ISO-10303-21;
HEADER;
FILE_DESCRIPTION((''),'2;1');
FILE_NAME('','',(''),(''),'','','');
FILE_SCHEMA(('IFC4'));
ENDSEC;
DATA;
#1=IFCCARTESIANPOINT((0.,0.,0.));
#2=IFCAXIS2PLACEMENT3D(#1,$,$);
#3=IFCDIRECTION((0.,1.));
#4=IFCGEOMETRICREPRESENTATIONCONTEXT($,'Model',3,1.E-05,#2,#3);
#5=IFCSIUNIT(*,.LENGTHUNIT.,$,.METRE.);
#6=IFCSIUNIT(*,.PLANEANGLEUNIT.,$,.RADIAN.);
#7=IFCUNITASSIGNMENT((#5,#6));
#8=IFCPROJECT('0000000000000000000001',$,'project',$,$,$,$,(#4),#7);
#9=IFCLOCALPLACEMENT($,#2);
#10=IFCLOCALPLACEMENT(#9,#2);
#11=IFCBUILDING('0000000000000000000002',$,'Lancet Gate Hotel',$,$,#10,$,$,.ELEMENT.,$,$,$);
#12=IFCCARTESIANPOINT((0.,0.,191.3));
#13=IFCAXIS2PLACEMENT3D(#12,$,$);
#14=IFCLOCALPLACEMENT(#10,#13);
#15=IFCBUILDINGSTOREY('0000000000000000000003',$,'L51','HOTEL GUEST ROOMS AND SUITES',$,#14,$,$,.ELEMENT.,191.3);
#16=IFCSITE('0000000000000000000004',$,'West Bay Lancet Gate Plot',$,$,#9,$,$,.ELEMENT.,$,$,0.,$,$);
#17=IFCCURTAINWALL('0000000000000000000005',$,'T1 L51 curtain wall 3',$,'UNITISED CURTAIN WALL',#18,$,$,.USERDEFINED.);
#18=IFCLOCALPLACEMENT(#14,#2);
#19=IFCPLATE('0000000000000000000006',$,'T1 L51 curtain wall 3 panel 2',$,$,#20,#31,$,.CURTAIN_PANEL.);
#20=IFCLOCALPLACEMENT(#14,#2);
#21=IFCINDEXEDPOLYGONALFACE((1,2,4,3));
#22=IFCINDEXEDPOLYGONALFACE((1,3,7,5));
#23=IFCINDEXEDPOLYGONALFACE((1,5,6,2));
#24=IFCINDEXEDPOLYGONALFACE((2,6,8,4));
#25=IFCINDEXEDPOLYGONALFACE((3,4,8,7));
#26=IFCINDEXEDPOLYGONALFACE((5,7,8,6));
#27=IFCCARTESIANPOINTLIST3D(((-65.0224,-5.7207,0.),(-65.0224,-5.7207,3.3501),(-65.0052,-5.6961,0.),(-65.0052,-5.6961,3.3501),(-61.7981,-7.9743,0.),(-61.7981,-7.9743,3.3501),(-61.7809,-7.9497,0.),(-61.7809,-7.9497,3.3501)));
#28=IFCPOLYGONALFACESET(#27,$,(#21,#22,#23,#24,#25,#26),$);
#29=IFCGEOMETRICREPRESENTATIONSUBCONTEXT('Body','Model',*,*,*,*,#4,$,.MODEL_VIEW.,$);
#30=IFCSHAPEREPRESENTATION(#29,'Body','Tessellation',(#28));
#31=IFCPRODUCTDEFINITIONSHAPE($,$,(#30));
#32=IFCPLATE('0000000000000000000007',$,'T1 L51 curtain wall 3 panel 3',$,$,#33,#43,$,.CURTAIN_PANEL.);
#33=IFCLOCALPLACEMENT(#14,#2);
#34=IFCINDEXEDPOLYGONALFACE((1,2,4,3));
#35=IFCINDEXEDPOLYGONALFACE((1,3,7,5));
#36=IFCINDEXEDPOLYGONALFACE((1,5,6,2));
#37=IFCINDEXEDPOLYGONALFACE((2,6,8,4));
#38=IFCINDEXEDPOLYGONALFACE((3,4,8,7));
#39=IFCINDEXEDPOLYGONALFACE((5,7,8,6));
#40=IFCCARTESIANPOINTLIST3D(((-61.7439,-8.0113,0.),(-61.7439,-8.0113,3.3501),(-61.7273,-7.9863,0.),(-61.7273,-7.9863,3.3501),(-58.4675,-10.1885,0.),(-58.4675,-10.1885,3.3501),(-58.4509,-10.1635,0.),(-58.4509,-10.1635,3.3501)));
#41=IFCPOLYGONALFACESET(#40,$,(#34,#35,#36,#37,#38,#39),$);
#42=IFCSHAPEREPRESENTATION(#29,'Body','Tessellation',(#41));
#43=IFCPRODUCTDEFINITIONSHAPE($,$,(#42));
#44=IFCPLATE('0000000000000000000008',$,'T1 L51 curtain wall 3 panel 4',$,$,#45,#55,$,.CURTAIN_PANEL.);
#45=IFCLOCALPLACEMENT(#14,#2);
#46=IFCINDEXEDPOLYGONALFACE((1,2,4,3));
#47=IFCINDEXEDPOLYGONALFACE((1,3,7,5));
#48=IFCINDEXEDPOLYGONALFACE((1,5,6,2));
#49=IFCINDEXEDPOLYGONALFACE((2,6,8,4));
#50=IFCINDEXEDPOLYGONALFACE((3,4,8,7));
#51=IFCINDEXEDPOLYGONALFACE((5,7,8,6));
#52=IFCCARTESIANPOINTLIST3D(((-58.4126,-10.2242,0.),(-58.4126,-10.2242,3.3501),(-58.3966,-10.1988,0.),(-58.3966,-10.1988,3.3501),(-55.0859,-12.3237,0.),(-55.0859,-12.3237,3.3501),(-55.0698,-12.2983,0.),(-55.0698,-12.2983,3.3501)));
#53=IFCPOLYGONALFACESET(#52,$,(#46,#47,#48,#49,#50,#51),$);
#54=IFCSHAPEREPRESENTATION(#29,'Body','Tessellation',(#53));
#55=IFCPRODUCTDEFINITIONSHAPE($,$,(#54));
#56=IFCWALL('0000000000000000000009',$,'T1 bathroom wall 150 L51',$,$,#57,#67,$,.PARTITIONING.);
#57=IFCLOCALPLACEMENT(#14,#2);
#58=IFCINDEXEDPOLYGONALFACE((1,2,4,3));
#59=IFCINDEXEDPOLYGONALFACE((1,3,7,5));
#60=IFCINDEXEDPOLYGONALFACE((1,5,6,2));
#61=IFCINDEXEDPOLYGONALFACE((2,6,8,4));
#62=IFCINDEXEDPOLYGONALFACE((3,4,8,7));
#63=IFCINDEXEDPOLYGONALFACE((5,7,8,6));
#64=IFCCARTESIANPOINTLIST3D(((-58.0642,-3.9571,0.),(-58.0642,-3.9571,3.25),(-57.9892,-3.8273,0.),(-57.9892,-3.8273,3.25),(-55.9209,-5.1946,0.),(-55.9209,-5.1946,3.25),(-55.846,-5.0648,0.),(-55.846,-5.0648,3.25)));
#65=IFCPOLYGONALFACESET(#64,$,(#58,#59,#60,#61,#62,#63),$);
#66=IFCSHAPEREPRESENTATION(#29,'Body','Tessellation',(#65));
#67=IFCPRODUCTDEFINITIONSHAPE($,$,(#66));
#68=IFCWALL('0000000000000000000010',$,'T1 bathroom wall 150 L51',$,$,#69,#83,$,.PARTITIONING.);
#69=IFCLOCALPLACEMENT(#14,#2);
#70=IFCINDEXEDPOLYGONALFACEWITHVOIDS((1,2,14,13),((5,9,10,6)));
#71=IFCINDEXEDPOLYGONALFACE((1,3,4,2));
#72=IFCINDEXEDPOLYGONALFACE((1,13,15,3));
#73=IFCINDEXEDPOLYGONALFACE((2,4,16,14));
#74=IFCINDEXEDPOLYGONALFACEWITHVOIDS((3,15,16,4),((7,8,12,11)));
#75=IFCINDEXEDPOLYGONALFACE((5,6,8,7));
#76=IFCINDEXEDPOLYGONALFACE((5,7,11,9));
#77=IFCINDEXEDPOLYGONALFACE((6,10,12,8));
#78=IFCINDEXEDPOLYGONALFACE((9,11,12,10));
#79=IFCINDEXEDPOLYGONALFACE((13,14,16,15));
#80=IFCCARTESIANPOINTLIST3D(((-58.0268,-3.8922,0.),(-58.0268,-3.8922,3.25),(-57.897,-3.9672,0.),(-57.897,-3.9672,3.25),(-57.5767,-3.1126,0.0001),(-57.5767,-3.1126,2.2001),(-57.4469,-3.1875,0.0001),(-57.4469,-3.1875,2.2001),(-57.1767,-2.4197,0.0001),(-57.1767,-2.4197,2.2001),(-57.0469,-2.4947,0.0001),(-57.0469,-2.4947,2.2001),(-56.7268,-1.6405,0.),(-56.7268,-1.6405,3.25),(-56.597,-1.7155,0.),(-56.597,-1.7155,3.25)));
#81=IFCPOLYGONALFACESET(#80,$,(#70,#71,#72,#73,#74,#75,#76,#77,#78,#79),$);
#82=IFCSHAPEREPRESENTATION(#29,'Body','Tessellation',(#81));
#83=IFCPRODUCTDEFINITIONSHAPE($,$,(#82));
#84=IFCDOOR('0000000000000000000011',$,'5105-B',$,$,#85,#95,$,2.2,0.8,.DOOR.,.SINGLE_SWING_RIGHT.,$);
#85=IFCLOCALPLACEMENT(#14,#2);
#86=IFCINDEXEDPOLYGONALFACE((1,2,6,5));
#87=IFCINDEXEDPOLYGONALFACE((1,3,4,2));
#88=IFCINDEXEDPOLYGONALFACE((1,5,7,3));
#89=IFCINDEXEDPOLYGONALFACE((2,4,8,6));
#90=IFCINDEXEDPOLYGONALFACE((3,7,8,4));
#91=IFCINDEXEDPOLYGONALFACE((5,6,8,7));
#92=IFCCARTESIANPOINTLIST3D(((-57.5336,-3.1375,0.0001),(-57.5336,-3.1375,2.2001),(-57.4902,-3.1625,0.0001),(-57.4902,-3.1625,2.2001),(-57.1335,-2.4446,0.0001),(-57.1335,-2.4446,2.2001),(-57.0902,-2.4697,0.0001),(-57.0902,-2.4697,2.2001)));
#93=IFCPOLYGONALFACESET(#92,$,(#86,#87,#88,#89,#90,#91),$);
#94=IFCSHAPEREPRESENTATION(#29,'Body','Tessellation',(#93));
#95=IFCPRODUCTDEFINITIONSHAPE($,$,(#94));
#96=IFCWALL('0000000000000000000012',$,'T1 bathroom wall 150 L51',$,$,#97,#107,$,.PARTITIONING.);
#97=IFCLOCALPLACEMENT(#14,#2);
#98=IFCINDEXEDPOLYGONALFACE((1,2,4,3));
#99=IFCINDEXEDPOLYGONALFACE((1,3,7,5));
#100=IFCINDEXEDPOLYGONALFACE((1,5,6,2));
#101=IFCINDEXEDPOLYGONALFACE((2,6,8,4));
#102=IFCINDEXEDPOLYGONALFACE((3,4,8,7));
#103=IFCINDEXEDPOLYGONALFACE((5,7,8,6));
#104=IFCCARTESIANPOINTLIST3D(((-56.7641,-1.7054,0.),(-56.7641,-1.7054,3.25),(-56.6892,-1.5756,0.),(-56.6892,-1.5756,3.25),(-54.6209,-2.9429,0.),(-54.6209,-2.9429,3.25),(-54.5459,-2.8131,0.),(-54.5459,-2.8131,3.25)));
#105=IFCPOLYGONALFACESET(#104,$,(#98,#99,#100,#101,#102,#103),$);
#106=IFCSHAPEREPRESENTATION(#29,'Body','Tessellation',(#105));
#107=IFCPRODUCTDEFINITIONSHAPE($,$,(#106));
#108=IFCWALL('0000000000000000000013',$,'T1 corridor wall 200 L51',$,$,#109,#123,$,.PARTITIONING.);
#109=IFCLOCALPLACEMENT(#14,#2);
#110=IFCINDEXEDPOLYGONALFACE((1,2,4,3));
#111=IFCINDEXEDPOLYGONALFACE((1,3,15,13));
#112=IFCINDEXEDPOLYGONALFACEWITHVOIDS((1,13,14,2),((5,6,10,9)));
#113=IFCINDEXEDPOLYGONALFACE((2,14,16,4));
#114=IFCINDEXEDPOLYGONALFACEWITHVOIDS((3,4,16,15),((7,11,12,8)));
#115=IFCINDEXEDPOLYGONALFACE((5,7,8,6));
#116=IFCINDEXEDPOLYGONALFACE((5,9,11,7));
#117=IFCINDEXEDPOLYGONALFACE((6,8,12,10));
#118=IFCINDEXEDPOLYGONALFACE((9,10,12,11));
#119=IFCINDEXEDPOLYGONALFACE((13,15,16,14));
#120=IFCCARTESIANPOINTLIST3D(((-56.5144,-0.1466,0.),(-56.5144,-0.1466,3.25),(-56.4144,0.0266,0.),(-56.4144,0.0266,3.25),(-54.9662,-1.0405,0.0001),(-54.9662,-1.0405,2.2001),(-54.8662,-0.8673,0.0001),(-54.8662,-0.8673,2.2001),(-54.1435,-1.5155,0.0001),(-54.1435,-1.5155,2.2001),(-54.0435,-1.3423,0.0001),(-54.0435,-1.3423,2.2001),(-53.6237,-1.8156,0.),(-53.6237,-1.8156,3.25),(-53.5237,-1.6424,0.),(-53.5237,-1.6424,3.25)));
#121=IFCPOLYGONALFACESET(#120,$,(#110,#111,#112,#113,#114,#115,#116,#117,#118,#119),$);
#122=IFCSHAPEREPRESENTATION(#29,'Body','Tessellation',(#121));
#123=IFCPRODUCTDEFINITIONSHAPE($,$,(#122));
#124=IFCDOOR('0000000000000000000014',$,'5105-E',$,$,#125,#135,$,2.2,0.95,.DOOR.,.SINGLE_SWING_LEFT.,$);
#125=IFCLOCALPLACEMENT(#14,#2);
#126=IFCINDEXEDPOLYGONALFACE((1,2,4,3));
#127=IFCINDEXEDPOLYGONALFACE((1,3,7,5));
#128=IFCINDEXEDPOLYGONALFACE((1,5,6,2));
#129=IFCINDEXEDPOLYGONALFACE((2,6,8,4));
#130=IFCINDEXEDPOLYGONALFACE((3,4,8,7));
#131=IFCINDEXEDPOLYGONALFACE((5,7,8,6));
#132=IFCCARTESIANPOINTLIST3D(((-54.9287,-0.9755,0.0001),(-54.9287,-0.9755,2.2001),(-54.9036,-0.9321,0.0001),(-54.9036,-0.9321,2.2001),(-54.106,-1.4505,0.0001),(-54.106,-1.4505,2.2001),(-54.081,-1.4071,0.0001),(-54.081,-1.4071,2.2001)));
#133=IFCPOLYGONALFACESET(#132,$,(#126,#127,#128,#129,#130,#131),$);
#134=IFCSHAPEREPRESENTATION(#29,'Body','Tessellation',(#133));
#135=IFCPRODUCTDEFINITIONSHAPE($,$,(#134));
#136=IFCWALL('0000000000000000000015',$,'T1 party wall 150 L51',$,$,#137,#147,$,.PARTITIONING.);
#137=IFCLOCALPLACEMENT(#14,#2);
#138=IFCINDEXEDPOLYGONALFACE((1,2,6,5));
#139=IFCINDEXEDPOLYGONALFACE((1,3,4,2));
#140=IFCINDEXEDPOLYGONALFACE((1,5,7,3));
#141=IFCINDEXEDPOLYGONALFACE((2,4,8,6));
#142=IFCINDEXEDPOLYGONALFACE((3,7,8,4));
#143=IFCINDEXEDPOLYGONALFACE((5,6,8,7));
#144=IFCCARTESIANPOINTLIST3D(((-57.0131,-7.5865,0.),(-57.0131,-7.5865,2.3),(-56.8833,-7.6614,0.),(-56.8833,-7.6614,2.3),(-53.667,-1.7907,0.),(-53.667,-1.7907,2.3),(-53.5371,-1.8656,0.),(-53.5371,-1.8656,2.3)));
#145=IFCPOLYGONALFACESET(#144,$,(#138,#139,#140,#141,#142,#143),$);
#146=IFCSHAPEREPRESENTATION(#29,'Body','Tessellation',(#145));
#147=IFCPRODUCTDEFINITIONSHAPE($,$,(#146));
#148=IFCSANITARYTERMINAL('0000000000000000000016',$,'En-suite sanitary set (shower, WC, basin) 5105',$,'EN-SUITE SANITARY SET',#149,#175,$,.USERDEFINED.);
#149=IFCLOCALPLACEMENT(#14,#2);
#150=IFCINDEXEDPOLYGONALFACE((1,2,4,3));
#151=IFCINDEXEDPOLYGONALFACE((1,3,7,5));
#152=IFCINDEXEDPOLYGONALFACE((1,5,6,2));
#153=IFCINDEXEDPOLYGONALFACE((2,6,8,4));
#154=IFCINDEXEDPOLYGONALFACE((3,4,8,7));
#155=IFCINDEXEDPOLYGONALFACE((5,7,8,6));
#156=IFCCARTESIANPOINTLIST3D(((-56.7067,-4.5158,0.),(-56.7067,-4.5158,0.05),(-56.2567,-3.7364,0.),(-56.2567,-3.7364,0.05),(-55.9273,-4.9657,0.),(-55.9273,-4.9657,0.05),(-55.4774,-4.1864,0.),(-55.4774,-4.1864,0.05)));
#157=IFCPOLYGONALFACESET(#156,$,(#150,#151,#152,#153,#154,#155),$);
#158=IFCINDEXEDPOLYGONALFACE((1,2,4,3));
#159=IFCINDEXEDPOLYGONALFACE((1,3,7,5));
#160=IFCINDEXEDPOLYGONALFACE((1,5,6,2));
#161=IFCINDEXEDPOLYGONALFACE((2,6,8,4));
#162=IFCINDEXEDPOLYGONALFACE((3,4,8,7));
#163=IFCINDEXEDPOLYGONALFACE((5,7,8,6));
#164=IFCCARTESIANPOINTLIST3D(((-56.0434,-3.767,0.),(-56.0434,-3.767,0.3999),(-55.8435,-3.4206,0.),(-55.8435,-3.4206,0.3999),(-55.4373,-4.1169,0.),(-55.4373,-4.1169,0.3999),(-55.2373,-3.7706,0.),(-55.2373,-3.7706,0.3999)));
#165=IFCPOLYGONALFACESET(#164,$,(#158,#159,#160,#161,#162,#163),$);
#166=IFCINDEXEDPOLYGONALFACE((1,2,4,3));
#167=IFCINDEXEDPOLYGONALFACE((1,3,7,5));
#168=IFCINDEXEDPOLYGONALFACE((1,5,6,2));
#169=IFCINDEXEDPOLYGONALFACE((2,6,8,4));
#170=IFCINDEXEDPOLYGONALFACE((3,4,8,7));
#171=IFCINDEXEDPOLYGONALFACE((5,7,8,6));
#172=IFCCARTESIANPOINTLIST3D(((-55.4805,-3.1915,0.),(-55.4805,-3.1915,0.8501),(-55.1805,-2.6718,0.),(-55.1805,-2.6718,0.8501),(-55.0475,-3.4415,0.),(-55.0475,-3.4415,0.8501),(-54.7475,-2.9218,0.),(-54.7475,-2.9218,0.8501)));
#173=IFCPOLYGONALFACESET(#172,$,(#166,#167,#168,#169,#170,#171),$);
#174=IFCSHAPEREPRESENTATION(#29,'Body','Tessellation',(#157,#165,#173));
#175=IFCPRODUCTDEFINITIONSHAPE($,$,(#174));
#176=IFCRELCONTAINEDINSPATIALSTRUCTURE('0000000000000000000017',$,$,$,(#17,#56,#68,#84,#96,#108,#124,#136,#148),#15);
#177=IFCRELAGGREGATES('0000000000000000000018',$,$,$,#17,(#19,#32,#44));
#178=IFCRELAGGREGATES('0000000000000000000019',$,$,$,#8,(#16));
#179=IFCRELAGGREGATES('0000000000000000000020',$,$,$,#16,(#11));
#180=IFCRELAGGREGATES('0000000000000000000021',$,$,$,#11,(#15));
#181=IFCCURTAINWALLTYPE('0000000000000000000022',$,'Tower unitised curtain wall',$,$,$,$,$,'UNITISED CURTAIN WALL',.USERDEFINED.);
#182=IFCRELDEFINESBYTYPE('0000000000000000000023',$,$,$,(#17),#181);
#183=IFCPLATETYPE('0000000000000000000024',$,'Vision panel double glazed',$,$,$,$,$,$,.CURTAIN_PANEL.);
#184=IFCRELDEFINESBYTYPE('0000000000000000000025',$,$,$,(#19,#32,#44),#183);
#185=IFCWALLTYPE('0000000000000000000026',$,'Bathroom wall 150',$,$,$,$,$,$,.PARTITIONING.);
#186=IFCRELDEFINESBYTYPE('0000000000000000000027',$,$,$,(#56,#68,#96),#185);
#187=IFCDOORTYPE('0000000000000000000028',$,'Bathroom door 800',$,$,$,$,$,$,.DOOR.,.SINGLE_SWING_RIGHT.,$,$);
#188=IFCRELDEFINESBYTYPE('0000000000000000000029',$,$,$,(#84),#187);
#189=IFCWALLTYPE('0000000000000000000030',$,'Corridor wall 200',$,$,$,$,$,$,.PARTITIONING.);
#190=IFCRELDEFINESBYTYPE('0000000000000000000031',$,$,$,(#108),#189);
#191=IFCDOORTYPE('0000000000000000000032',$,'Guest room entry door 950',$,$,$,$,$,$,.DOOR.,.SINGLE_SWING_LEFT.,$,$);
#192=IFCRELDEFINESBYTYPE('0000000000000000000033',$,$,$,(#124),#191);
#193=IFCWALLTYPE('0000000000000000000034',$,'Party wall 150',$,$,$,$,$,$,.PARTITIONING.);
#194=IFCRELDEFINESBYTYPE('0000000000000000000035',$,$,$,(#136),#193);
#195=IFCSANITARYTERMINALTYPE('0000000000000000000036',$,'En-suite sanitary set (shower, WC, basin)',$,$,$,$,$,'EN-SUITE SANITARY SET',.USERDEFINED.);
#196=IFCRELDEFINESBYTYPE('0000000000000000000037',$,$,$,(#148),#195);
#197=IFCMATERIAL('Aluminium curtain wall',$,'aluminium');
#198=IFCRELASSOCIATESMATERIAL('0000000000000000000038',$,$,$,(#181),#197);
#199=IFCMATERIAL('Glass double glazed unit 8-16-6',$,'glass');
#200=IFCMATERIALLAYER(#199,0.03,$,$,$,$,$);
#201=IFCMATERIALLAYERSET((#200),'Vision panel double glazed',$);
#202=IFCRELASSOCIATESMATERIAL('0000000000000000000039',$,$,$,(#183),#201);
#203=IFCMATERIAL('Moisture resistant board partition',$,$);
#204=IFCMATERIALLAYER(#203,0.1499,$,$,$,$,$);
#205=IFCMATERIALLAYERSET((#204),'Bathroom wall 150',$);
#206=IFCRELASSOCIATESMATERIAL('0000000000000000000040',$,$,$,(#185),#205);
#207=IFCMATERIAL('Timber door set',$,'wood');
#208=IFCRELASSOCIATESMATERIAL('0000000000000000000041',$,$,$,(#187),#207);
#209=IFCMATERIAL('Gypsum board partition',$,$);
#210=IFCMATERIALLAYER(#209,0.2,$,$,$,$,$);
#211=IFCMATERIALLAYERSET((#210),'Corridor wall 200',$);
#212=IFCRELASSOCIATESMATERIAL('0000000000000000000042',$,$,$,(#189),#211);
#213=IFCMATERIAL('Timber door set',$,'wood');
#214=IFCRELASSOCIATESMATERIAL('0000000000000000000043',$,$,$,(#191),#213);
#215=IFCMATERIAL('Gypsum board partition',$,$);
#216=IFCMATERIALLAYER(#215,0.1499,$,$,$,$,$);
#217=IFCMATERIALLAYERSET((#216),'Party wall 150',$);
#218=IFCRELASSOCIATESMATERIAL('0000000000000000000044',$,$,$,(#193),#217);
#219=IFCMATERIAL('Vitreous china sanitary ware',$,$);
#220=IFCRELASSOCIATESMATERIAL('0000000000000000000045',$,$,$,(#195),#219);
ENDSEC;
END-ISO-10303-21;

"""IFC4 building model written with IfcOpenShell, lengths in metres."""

from ifc_helpers import new_model, si_unit, direction, frame, frame_2d, origin, origin_2d, place, context, subcontext, project, spatial, rectangle, extrude, material, layer, layer_set, type_object, element, fill, aggregate, save


model = new_model("IFC4")

# Units and contexts
model_context = context("Model", 3, precision=1e-05, world=origin(), true_north=direction((0.0, 1.0)))
body_context = subcontext(model_context, "Body", "Model", "MODEL_VIEW")
ifc_project = project(units=[si_unit("LENGTHUNIT", "METRE"), si_unit("PLANEANGLEUNIT", "RADIAN")], contexts=[model_context])

# Site, building, storey
site_placement = place(None, origin())
site = spatial("IfcSite", under=ifc_project, at=site_placement, Name="West Bay Lancet Gate Plot", CompositionType="ELEMENT", RefElevation=0.0)
building_placement = place(site_placement, origin())
building = spatial("IfcBuilding", under=site, at=building_placement, Name="Lancet Gate Hotel", CompositionType="ELEMENT")
storey_placement = place(building_placement, frame((0.0, 0.0, 191.3)))
storey = spatial("IfcBuildingStorey", under=building, at=storey_placement, Name="L51", Description="HOTEL GUEST ROOMS AND SUITES", CompositionType="ELEMENT", Elevation=191.3)

# Curtain wall
ifc_material_1 = material(Name="Aluminium curtain wall", Category="aluminium")
curtain_wall_type = type_object("IfcCurtainWallType", Name="Tower unitised curtain wall", ElementType="UNITISED CURTAIN WALL", PredefinedType="USERDEFINED", material=ifc_material_1)
curtain_wall_placement = place(storey_placement, origin())
curtain_wall = element("IfcCurtainWall", 1, at=curtain_wall_placement, inside=storey, type_object=curtain_wall_type, Name="T1 L51 curtain wall 3", ObjectType="UNITISED CURTAIN WALL", PredefinedType="USERDEFINED")

# Plates
ifc_material_2 = material(Name="Glass double glazed unit 8-16-6", Category="glass")
ifc_layer_1 = layer(ifc_material_2, 0.03)
ifc_layer_set_1 = layer_set([ifc_layer_1], Name="Vision panel double glazed")
plate_type = type_object("IfcPlateType", Name="Vision panel double glazed", PredefinedType="CURTAIN_PANEL", material=ifc_layer_set_1)
plate_1_placement = place(storey_placement, frame((-63.4016, -6.8352, 0.0), z_axis=(0.0, 0.0, 1.0), x_axis=(0.819631, -0.572892, 0.0)))
plate_1 = element("IfcPlate", 2, at=plate_1_placement, type_object=plate_type, Name="T1 L51 curtain wall 3 panel 2", PredefinedType="CURTAIN_PANEL", context=body_context, shape_type="SweptSolid", body=[
    extrude(rectangle(XDim=3.9338, YDim=0.03, at=origin_2d()), origin(), (0.0, 0.0, 1.0), 3.3501),
])
plate_2_placement = place(storey_placement, frame((-60.0974, -9.0874, 0.0), z_axis=(0.0, 0.0, 1.0), x_axis=(0.832879, -0.553455, 0.0)))
plate_2 = element("IfcPlate", 3, at=plate_2_placement, type_object=plate_type, Name="T1 L51 curtain wall 3 panel 3", PredefinedType="CURTAIN_PANEL", context=body_context, shape_type="SweptSolid", body=[
    extrude(rectangle(XDim=3.9338, YDim=0.03, at=origin_2d()), origin(), (0.0, 0.0, 1.0), 3.3501),
])
plate_3_placement = place(storey_placement, frame((-56.7412, -11.2612, 0.0), z_axis=(0.0, 0.0, 1.0), x_axis=(0.845667, -0.533711, 0.0)))
plate_3 = element("IfcPlate", 4, at=plate_3_placement, type_object=plate_type, Name="T1 L51 curtain wall 3 panel 4", PredefinedType="CURTAIN_PANEL", context=body_context, shape_type="SweptSolid", body=[
    extrude(rectangle(XDim=3.9338, YDim=0.03, at=origin_2d()), origin(), (0.0, 0.0, 1.0), 3.3501),
])
aggregate(curtain_wall, [plate_1, plate_2, plate_3])

# Wall
ifc_material_3 = material(Name="Moisture resistant board partition")
ifc_layer_2 = layer(ifc_material_3, 0.1499)
ifc_layer_set_2 = layer_set([ifc_layer_2], Name="Bathroom wall 150")
wall_type_1 = type_object("IfcWallType", Name="Bathroom wall 150", PredefinedType="PARTITIONING", material=ifc_layer_set_2)
wall_1_placement = place(storey_placement, frame((-55.8835, -5.1296, 0.0), z_axis=(0.0, 0.0, 1.0), x_axis=(-0.866007, 0.500033, 0.0)))
element("IfcWall", 5, at=wall_1_placement, inside=storey, type_object=wall_type_1, Name="T1 bathroom wall 150 L51", PredefinedType="PARTITIONING", context=body_context, shape_type="SweptSolid", body=[
    extrude(rectangle(XDim=2.4749, YDim=0.1499, at=frame_2d((1.2373, 0.0))), origin(), (0.0, 0.0, 1.0), 3.25),
])

# Wall, opening, door
wall_2_placement = place(storey_placement, frame((-56.6619, -1.678, 0.0), z_axis=(0.0, 0.0, 1.0), x_axis=(-0.500007, -0.866021, 0.0)))
wall_2 = element("IfcWall", 6, at=wall_2_placement, inside=storey, type_object=wall_type_1, Name="T1 bathroom wall 150 L51", PredefinedType="PARTITIONING", context=body_context, shape_type="SweptSolid", body=[
    extrude(rectangle(XDim=2.6001, YDim=0.1499, at=frame_2d((1.3, 0.0))), origin(), (0.0, 0.0, 1.0), 3.25),
])
opening_1_placement = place(wall_2_placement, frame((0.8999, 0.0, 0.0)))
opening_1 = element("IfcOpeningElement", 7, at=opening_1_placement, cuts=wall_2, PredefinedType="OPENING", context=body_context, shape_type="SweptSolid", body=[
    extrude(rectangle(XDim=0.8, YDim=2.2, at=frame_2d((0.3999, 1.1001))), frame((0.0, 0.085, 0.0), z_axis=(0.0, -1.0, 0.0), x_axis=(1.0, 0.0, 0.0)), (0.0, 0.0, 1.0), 0.1699),
])
ifc_material_4 = material(Name="Timber door set", Category="wood")
door_type_1 = type_object("IfcDoorType", Name="Bathroom door 800", OperationType="SINGLE_SWING_RIGHT", PredefinedType="DOOR", material=ifc_material_4)
door_1_placement = place(opening_1_placement, origin())
door_1 = element("IfcDoor", 8, at=door_1_placement, inside=storey, type_object=door_type_1, Name="5105-B", OperationType="SINGLE_SWING_RIGHT", OverallHeight=2.2, OverallWidth=0.8, PredefinedType="DOOR", context=body_context, shape_type="SweptSolid", body=[
    extrude(rectangle(XDim=0.8, YDim=2.2, at=frame_2d((0.3999, 1.1001))), frame((0.0, 0.0249, 0.0), z_axis=(0.0, -1.0, 0.0), x_axis=(1.0, 0.0, 0.0)), (0.0, 0.0, 1.0), 0.05),
])
fill(opening_1, door_1)

# Wall
wall_3_placement = place(storey_placement, frame((-54.5835, -2.8779, 0.0), z_axis=(0.0, 0.0, 1.0), x_axis=(-0.866007, 0.500033, 0.0)))
element("IfcWall", 9, at=wall_3_placement, inside=storey, type_object=wall_type_1, Name="T1 bathroom wall 150 L51", PredefinedType="PARTITIONING", context=body_context, shape_type="SweptSolid", body=[
    extrude(rectangle(XDim=2.4749, YDim=0.1499, at=frame_2d((1.2373, 0.0))), origin(), (0.0, 0.0, 1.0), 3.25),
])

# Wall, opening, door
ifc_material_5 = material(Name="Gypsum board partition")
ifc_layer_3 = layer(ifc_material_5, 0.2)
ifc_layer_set_3 = layer_set([ifc_layer_3], Name="Corridor wall 200")
wall_type_2 = type_object("IfcWallType", Name="Corridor wall 200", PredefinedType="PARTITIONING", material=ifc_layer_set_3)
wall_4_placement = place(storey_placement, frame((-53.5737, -1.729, 0.0), z_axis=(0.0, 0.0, 1.0), x_axis=(-0.86602, 0.500009, 0.0)))
wall_4 = element("IfcWall", 10, at=wall_4_placement, inside=storey, type_object=wall_type_2, Name="T1 corridor wall 200 L51", PredefinedType="PARTITIONING", context=body_context, shape_type="SweptSolid", body=[
    extrude(rectangle(XDim=3.3379, YDim=0.2, at=frame_2d((1.6689, 0.0))), origin(), (0.0, 0.0, 1.0), 3.25),
])
opening_2_placement = place(wall_4_placement, frame((0.6001, 0.0, 0.0)))
opening_2 = element("IfcOpeningElement", 11, at=opening_2_placement, cuts=wall_4, PredefinedType="OPENING", context=body_context, shape_type="SweptSolid", body=[
    extrude(rectangle(XDim=0.95, YDim=2.2, at=frame_2d((0.4751, 1.1001))), frame((0.0, 0.1099, 0.0), z_axis=(0.0, -1.0, 0.0), x_axis=(1.0, 0.0, 0.0)), (0.0, 0.0, 1.0), 0.22),
])
ifc_material_6 = material(Name="Timber door set", Category="wood")
door_type_2 = type_object("IfcDoorType", Name="Guest room entry door 950", OperationType="SINGLE_SWING_LEFT", PredefinedType="DOOR", material=ifc_material_6)
door_2_placement = place(opening_2_placement, origin())
door_2 = element("IfcDoor", 12, at=door_2_placement, inside=storey, type_object=door_type_2, Name="5105-E", OperationType="SINGLE_SWING_LEFT", OverallHeight=2.2, OverallWidth=0.95, PredefinedType="DOOR", context=body_context, shape_type="SweptSolid", body=[
    extrude(rectangle(XDim=0.95, YDim=2.2, at=frame_2d((0.4751, 1.1001))), frame((0.0, 0.0249, 0.0), z_axis=(0.0, -1.0, 0.0), x_axis=(1.0, 0.0, 0.0)), (0.0, 0.0, 1.0), 0.05),
])
fill(opening_2, door_2)

# Wall
ifc_material_7 = material(Name="Gypsum board partition")
ifc_layer_4 = layer(ifc_material_7, 0.1499)
ifc_layer_set_4 = layer_set([ifc_layer_4], Name="Party wall 150")
wall_type_3 = type_object("IfcWallType", Name="Party wall 150", PredefinedType="PARTITIONING", material=ifc_layer_set_4)
wall_5_placement = place(storey_placement, frame((-53.6021, -1.8281, 0.0), z_axis=(0.0, 0.0, 1.0), x_axis=(-0.499992, -0.86603, 0.0)))
element("IfcWall", 13, at=wall_5_placement, inside=storey, type_object=wall_type_3, Name="T1 party wall 150 L51", PredefinedType="PARTITIONING", context=body_context, shape_type="SweptSolid", body=[
    extrude(rectangle(XDim=6.6924, YDim=0.1499, at=frame_2d((3.3462, 0.0))), origin(), (0.0, 0.0, 1.0), 2.3),
])

# Sanitary terminal
ifc_material_8 = material(Name="Vitreous china sanitary ware")
sanitary_terminal_type = type_object("IfcSanitaryTerminalType", Name="En-suite sanitary set (shower, WC, basin)", ElementType="EN-SUITE SANITARY SET", PredefinedType="USERDEFINED", material=ifc_material_8)
sanitary_terminal_placement = place(storey_placement, frame((-56.092, -4.3511, 0.0), z_axis=(0.0, 0.0, 1.0), x_axis=(1.0, 0.0, 0.0)))
element("IfcSanitaryTerminal", 14, at=sanitary_terminal_placement, inside=storey, type_object=sanitary_terminal_type, Name="En-suite sanitary set (shower, WC, basin) 5105", ObjectType="EN-SUITE SANITARY SET", PredefinedType="USERDEFINED", context=body_context, shape_type="SweptSolid", body=[
    extrude(rectangle(XDim=0.8999, YDim=0.8999, at=origin_2d()), frame((0.0, 0.0, 0.0), z_axis=(0.0, 0.0, 1.0), x_axis=(-0.5, -0.866025, 0.0)), (0.0, 0.0, 1.0), 0.05),
    extrude(rectangle(XDim=0.3999, YDim=0.7, at=origin_2d()), frame((0.4517, 0.5823, 0.0), z_axis=(0.0, 0.0, 1.0), x_axis=(-0.5, -0.866025, 0.0)), (0.0, 0.0, 1.0), 0.3999),
    extrude(rectangle(XDim=0.6001, YDim=0.5, at=origin_2d()), frame((0.978, 1.2944, 0.0), z_axis=(0.0, 0.0, 1.0), x_axis=(-0.5, -0.866025, 0.0)), (0.0, 0.0, 1.0), 0.8501),
])

save(model, "model.ifc")
